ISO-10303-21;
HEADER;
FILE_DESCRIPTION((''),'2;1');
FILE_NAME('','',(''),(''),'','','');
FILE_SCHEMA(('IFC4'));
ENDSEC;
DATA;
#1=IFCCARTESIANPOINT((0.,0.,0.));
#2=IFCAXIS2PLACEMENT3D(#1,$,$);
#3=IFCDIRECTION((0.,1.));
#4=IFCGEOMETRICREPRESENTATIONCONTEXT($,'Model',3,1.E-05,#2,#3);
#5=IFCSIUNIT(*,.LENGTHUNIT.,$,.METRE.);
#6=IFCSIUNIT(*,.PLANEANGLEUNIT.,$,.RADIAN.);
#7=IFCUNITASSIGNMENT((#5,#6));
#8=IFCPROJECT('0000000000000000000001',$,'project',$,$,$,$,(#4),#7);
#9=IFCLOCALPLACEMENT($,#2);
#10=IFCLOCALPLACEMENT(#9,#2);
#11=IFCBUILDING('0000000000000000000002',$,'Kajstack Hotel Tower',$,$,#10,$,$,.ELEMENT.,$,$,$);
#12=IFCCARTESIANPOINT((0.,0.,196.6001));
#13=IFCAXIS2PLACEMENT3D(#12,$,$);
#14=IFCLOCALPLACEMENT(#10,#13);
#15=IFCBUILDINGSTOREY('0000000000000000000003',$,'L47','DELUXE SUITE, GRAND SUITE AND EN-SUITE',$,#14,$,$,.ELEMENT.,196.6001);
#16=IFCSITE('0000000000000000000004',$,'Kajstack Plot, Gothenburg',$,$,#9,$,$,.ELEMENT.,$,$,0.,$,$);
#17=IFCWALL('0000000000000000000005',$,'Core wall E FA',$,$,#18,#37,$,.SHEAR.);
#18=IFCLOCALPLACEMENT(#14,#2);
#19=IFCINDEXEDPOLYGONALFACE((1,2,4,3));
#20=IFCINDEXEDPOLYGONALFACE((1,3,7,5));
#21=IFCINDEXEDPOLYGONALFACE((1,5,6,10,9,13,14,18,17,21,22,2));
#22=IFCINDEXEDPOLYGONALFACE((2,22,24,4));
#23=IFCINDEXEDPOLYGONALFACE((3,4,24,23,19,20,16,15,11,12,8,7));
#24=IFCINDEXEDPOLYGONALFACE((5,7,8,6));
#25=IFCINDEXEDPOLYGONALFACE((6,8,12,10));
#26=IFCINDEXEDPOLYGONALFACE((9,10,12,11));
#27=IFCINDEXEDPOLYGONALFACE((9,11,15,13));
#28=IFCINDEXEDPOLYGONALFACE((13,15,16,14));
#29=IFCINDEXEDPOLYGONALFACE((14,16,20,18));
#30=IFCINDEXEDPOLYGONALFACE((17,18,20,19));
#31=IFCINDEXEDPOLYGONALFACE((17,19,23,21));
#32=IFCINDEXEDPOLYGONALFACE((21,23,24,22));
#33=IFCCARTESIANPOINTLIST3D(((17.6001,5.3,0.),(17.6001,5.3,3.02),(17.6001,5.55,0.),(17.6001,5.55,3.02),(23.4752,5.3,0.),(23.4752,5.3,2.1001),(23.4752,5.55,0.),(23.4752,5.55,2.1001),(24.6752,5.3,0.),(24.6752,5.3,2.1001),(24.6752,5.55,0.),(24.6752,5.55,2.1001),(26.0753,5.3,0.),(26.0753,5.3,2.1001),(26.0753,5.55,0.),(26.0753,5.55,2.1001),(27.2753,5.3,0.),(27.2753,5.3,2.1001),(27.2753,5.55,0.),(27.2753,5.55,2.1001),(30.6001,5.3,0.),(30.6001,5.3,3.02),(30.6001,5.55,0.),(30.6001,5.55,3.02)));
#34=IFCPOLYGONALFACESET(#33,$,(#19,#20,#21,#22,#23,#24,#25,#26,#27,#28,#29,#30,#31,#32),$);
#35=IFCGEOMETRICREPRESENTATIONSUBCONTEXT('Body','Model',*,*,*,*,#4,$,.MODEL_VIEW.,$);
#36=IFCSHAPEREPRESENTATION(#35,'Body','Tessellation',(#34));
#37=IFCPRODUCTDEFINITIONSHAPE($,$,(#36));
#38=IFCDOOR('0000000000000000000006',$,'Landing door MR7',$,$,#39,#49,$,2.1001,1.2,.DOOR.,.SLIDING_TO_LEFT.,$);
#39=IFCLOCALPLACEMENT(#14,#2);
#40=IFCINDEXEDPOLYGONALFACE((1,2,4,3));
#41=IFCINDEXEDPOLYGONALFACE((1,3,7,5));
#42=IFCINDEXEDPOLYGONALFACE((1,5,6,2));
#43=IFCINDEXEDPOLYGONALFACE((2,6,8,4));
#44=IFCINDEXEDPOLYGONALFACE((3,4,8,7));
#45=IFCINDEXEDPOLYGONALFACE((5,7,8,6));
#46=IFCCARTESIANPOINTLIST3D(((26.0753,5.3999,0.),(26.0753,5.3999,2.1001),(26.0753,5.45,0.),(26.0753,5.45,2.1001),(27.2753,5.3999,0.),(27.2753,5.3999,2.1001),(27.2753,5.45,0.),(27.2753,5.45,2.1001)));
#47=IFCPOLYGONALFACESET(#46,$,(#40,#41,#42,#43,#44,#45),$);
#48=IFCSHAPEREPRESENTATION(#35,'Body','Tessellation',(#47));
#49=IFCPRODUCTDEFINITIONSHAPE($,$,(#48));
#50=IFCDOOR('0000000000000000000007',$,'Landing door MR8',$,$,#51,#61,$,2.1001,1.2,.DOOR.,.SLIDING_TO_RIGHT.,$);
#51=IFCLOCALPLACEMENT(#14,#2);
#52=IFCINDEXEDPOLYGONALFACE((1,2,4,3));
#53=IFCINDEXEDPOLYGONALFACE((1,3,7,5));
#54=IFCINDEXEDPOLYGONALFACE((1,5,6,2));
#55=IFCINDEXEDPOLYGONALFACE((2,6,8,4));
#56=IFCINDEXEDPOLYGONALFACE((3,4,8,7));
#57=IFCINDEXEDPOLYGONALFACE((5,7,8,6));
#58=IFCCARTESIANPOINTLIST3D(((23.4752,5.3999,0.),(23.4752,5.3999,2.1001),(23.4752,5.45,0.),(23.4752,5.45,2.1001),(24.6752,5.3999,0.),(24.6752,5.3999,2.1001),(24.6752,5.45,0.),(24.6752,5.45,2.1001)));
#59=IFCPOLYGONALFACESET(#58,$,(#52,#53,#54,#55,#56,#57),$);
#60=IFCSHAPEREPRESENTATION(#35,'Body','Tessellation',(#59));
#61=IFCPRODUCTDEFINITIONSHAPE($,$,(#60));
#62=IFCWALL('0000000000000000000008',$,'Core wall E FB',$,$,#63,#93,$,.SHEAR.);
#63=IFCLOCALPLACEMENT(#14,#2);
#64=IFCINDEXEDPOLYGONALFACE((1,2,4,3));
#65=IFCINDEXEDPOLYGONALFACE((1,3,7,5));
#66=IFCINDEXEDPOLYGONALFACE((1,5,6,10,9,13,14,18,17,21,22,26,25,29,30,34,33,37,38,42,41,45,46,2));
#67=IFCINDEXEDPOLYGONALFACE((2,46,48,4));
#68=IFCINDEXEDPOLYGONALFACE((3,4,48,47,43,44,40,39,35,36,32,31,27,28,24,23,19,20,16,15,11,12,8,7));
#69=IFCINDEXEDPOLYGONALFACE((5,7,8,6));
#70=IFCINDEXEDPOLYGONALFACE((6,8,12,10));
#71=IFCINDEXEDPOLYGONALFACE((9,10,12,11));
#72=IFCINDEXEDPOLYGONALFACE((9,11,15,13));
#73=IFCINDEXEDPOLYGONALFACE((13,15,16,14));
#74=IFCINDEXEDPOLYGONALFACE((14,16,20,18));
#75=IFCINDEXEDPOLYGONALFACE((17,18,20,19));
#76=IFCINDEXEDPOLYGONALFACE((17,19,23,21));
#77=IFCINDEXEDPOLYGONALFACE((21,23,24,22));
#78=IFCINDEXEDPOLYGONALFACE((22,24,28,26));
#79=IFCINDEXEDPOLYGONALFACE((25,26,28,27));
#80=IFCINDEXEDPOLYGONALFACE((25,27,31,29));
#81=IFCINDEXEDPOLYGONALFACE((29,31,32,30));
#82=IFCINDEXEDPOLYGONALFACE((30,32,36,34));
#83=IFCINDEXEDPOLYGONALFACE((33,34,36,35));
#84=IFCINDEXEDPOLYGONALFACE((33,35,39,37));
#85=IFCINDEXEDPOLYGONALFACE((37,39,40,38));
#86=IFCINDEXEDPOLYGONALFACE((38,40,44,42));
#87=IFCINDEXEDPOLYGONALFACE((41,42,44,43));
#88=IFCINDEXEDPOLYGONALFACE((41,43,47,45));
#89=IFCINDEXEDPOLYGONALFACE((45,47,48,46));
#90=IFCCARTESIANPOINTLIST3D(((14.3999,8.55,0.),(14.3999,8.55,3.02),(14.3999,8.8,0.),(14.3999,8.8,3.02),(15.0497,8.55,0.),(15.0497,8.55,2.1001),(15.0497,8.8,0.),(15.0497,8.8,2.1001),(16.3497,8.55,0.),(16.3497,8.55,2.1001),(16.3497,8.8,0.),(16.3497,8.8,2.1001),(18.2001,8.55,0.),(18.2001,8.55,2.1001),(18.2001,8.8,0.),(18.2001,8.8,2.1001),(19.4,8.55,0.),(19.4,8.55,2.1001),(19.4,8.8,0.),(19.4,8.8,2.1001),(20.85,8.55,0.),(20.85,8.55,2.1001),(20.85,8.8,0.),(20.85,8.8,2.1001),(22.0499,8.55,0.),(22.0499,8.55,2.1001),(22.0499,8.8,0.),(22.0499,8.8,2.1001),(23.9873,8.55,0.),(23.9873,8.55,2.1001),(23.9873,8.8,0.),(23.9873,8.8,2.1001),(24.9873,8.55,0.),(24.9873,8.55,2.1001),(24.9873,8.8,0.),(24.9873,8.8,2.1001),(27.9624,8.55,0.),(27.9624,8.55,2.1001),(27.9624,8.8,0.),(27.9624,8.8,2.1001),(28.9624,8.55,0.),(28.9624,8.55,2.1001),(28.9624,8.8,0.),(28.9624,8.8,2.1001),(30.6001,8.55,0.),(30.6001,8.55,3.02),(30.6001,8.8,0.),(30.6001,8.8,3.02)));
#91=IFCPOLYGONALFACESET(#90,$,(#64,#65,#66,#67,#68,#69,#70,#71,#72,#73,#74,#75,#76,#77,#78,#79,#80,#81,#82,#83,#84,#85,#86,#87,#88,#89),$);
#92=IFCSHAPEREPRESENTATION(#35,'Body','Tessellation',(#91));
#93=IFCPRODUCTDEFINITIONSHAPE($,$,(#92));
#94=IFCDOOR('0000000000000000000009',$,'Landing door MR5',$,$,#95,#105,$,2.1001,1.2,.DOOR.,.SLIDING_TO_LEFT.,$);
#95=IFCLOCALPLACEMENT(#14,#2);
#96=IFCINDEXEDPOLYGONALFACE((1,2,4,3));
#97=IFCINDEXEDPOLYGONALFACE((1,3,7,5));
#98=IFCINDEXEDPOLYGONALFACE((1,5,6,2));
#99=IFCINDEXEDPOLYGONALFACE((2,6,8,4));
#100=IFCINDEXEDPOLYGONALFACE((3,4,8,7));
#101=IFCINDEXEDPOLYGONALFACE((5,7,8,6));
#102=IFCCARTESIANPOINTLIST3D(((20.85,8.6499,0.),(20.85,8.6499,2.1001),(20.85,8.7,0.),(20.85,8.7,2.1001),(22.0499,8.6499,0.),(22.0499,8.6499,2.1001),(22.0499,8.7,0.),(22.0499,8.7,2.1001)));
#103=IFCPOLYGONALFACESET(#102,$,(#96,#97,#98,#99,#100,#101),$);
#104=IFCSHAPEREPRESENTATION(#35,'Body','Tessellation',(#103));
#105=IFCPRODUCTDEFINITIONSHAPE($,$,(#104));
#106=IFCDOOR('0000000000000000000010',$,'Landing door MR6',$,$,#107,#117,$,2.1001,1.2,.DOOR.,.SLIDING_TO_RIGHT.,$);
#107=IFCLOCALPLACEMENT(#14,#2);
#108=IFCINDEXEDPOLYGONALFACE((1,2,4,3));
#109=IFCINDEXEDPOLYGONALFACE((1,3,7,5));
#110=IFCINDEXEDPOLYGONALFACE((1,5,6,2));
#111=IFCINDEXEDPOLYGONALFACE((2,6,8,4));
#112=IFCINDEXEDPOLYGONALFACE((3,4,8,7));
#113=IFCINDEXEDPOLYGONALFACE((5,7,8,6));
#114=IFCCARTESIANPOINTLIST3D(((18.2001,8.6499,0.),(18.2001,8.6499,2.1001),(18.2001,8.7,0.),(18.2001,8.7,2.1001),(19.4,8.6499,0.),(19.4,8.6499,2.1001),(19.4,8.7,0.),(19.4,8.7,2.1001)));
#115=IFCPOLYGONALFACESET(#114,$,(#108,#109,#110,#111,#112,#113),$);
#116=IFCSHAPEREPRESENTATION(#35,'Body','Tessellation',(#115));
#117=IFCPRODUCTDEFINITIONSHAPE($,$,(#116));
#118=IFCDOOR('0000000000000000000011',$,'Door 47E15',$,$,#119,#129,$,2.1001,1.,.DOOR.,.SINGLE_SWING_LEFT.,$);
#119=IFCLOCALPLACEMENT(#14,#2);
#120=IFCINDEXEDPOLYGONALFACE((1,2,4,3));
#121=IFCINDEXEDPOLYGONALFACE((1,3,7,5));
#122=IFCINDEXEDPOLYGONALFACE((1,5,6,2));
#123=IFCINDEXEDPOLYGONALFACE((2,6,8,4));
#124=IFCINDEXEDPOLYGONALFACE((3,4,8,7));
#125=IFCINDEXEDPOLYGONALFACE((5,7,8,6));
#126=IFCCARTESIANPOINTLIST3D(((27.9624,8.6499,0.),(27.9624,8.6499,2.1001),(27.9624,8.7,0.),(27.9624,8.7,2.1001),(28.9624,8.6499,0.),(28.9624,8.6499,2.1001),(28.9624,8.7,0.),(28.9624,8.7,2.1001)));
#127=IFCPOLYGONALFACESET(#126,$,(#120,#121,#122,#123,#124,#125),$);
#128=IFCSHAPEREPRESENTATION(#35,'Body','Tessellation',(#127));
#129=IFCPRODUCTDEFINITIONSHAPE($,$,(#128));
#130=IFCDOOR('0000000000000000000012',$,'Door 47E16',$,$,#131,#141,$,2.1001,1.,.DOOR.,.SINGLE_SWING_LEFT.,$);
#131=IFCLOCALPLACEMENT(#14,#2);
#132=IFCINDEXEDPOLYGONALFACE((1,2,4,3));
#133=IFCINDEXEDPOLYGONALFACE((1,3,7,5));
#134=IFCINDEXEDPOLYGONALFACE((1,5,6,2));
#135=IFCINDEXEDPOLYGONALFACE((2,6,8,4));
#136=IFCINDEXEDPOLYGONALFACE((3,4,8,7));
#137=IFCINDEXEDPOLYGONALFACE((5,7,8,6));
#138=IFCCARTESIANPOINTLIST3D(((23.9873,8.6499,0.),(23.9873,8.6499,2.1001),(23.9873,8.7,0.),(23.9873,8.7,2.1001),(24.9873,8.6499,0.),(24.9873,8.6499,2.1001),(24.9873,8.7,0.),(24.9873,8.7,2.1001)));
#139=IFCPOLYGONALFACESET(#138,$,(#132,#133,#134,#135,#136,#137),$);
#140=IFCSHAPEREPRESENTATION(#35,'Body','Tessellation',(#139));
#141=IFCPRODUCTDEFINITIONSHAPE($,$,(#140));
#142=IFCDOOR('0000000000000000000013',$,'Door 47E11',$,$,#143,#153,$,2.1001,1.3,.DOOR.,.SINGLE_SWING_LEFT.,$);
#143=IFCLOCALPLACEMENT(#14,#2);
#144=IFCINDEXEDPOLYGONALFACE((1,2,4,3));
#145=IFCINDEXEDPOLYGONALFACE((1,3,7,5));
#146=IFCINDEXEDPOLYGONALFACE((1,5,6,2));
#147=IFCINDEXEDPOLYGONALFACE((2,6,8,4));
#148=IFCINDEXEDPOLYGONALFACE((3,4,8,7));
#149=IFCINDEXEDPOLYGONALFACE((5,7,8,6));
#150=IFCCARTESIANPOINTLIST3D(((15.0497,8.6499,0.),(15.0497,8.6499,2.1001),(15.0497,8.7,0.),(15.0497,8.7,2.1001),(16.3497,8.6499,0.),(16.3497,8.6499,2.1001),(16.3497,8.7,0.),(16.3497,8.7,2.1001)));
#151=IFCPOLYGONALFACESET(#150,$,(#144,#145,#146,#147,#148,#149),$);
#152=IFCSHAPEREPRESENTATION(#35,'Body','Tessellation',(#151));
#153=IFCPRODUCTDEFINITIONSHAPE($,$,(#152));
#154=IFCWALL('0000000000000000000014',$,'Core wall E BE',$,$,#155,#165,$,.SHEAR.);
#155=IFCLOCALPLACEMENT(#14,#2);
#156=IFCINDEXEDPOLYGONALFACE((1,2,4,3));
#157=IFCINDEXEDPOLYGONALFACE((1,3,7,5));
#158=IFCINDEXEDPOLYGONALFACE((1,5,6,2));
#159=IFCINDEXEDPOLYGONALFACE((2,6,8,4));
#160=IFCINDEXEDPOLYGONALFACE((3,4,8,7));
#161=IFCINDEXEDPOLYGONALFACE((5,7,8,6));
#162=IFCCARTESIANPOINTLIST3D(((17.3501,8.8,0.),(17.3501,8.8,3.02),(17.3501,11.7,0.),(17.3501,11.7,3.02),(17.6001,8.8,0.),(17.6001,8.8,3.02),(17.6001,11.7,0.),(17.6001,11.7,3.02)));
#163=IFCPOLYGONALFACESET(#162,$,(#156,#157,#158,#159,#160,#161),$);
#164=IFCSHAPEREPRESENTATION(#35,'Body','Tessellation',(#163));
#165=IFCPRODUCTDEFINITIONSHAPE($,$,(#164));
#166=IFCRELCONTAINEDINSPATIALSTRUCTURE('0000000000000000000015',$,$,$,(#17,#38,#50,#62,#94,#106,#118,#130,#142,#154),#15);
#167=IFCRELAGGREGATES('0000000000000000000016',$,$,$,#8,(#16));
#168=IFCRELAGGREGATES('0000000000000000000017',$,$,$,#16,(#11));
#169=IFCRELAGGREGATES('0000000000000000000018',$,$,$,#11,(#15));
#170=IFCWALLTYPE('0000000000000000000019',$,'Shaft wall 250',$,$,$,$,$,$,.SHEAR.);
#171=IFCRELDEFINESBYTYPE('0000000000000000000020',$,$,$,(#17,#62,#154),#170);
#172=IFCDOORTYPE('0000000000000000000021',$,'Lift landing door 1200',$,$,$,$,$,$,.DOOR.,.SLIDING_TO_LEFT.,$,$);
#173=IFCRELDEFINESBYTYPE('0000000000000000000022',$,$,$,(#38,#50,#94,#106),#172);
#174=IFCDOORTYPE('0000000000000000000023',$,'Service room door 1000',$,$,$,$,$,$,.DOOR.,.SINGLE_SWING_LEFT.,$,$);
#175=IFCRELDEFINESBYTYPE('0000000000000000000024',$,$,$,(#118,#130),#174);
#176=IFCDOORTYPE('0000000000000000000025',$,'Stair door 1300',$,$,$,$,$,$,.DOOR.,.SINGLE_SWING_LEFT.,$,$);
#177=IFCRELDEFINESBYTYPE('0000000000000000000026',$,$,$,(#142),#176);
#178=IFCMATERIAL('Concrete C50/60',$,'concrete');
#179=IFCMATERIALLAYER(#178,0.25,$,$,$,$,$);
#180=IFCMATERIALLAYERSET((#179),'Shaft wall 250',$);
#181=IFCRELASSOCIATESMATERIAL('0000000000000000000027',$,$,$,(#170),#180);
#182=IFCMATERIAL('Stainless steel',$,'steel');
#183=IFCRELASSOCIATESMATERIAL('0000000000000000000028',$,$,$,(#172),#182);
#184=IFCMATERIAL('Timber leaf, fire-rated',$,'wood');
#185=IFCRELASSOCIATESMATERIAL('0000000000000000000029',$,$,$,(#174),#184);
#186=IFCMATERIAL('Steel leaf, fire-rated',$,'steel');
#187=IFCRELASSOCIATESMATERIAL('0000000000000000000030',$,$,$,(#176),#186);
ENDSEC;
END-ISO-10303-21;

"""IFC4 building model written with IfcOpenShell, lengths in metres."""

from ifc_helpers import new_model, si_unit, direction, frame, frame_2d, origin, place, context, subcontext, project, spatial, rectangle, extrude, material, layer, layer_set, type_object, element, fill, save


model = new_model("IFC4")

# Units and contexts
model_context = context("Model", 3, precision=1e-05, world=origin(), true_north=direction((0.0, 1.0)))
body_context = subcontext(model_context, "Body", "Model", "MODEL_VIEW")
ifc_project = project(units=[si_unit("LENGTHUNIT", "METRE"), si_unit("PLANEANGLEUNIT", "RADIAN")], contexts=[model_context])

# Site, building, storey
site_placement = place(None, origin())
site = spatial("IfcSite", under=ifc_project, at=site_placement, Name="Kajstack Plot, Gothenburg", CompositionType="ELEMENT", RefElevation=0.0)
building_placement = place(site_placement, origin())
building = spatial("IfcBuilding", under=site, at=building_placement, Name="Kajstack Hotel Tower", CompositionType="ELEMENT")
storey_placement = place(building_placement, frame((0.0, 0.0, 196.6001)))
storey = spatial("IfcBuildingStorey", under=building, at=storey_placement, Name="L47", Description="DELUXE SUITE, GRAND SUITE AND EN-SUITE", CompositionType="ELEMENT", Elevation=196.6001)

# Walls, openings, doors
ifc_material_1 = material(Name="Concrete C50/60", Category="concrete")
ifc_layer_1 = layer(ifc_material_1, 0.25)
ifc_layer_set_1 = layer_set([ifc_layer_1], Name="Shaft wall 250")
wall_type_1 = type_object("IfcWallType", Name="Shaft wall 250", PredefinedType="SHEAR", material=ifc_layer_set_1)
wall_1_placement = place(storey_placement, frame((17.6001, 5.425, 0.0), z_axis=(0.0, 0.0, 1.0), x_axis=(1.0, 0.0, 0.0)))
wall_1 = element("IfcWall", 1, at=wall_1_placement, inside=storey, type_object=wall_type_1, Name="Core wall E FA", PredefinedType="SHEAR", context=body_context, shape_type="SweptSolid", body=[
    extrude(rectangle(XDim=13.0, YDim=0.25, at=frame_2d((6.5, 0.0))), origin(), (0.0, 0.0, 1.0), 3.02),
])
opening_1_placement = place(wall_1_placement, frame((8.4751, 0.0, 0.0)))
opening_1 = element("IfcOpeningElement", 2, at=opening_1_placement, cuts=wall_1, PredefinedType="OPENING", context=body_context, shape_type="SweptSolid", body=[
    extrude(rectangle(XDim=1.2, YDim=2.1001, at=frame_2d((0.6001, 1.05))), frame((0.0, 0.135, 0.0), z_axis=(0.0, -1.0, 0.0), x_axis=(1.0, 0.0, 0.0)), (0.0, 0.0, 1.0), 0.27),
])
opening_2_placement = place(wall_1_placement, frame((5.875, 0.0, 0.0)))
opening_2 = element("IfcOpeningElement", 3, at=opening_2_placement, cuts=wall_1, PredefinedType="OPENING", context=body_context, shape_type="SweptSolid", body=[
    extrude(rectangle(XDim=1.2, YDim=2.1001, at=frame_2d((0.6001, 1.05))), frame((0.0, 0.135, 0.0), z_axis=(0.0, -1.0, 0.0), x_axis=(1.0, 0.0, 0.0)), (0.0, 0.0, 1.0), 0.27),
])
ifc_material_2 = material(Name="Stainless steel", Category="steel")
door_type_1 = type_object("IfcDoorType", Name="Lift landing door 1200", OperationType="SLIDING_TO_LEFT", PredefinedType="DOOR", material=ifc_material_2)
door_1_placement = place(opening_1_placement, origin())
door_1 = element("IfcDoor", 4, at=door_1_placement, inside=storey, type_object=door_type_1, Name="Landing door MR7", OperationType="SLIDING_TO_LEFT", OverallHeight=2.1001, OverallWidth=1.2, PredefinedType="DOOR", context=body_context, shape_type="SweptSolid", body=[
    extrude(rectangle(XDim=1.2, YDim=2.1001, at=frame_2d((0.6001, 1.05))), frame((0.0, 0.0249, 0.0), z_axis=(0.0, -1.0, 0.0), x_axis=(1.0, 0.0, 0.0)), (0.0, 0.0, 1.0), 0.05),
])
fill(opening_1, door_1)
door_2_placement = place(opening_2_placement, origin())
door_2 = element("IfcDoor", 5, at=door_2_placement, inside=storey, type_object=door_type_1, Name="Landing door MR8", OperationType="SLIDING_TO_RIGHT", OverallHeight=2.1001, OverallWidth=1.2, PredefinedType="DOOR", context=body_context, shape_type="SweptSolid", body=[
    extrude(rectangle(XDim=1.2, YDim=2.1001, at=frame_2d((0.6001, 1.05))), frame((0.0, 0.0249, 0.0), z_axis=(0.0, -1.0, 0.0), x_axis=(1.0, 0.0, 0.0)), (0.0, 0.0, 1.0), 0.05),
])
fill(opening_2, door_2)
wall_2_placement = place(storey_placement, frame((14.3999, 8.675, 0.0), z_axis=(0.0, 0.0, 1.0), x_axis=(1.0, 0.0, 0.0)))
wall_2 = element("IfcWall", 6, at=wall_2_placement, inside=storey, type_object=wall_type_1, Name="Core wall E FB", PredefinedType="SHEAR", context=body_context, shape_type="SweptSolid", body=[
    extrude(rectangle(XDim=16.2002, YDim=0.25, at=frame_2d((8.1001, 0.0))), origin(), (0.0, 0.0, 1.0), 3.02),
])
opening_3_placement = place(wall_2_placement, frame((6.45, 0.0, 0.0)))
opening_3 = element("IfcOpeningElement", 7, at=opening_3_placement, cuts=wall_2, PredefinedType="OPENING", context=body_context, shape_type="SweptSolid", body=[
    extrude(rectangle(XDim=1.2, YDim=2.1001, at=frame_2d((0.6001, 1.05))), frame((0.0, 0.135, 0.0), z_axis=(0.0, -1.0, 0.0), x_axis=(1.0, 0.0, 0.0)), (0.0, 0.0, 1.0), 0.27),
])
opening_4_placement = place(wall_2_placement, frame((3.8, 0.0, 0.0)))
opening_4 = element("IfcOpeningElement", 8, at=opening_4_placement, cuts=wall_2, PredefinedType="OPENING", context=body_context, shape_type="SweptSolid", body=[
    extrude(rectangle(XDim=1.2, YDim=2.1001, at=frame_2d((0.6001, 1.05))), frame((0.0, 0.135, 0.0), z_axis=(0.0, -1.0, 0.0), x_axis=(1.0, 0.0, 0.0)), (0.0, 0.0, 1.0), 0.27),
])
opening_5_placement = place(wall_2_placement, frame((0.6499, 0.0, 0.0)))
opening_5 = element("IfcOpeningElement", 9, at=opening_5_placement, cuts=wall_2, PredefinedType="OPENING", context=body_context, shape_type="SweptSolid", body=[
    extrude(rectangle(XDim=1.3, YDim=2.1001, at=frame_2d((0.6499, 1.05))), frame((0.0, 0.135, 0.0), z_axis=(0.0, -1.0, 0.0), x_axis=(1.0, 0.0, 0.0)), (0.0, 0.0, 1.0), 0.27),
])
opening_6_placement = place(wall_2_placement, frame((13.5625, 0.0, 0.0)))
opening_6 = element("IfcOpeningElement", 10, at=opening_6_placement, cuts=wall_2, PredefinedType="OPENING", context=body_context, shape_type="SweptSolid", body=[
    extrude(rectangle(XDim=1.0, YDim=2.1001, at=frame_2d((0.5, 1.05))), frame((0.0, 0.135, 0.0), z_axis=(0.0, -1.0, 0.0), x_axis=(1.0, 0.0, 0.0)), (0.0, 0.0, 1.0), 0.27),
])
opening_7_placement = place(wall_2_placement, frame((9.5874, 0.0, 0.0)))
opening_7 = element("IfcOpeningElement", 11, at=opening_7_placement, cuts=wall_2, PredefinedType="OPENING", context=body_context, shape_type="SweptSolid", body=[
    extrude(rectangle(XDim=1.0, YDim=2.1001, at=frame_2d((0.5, 1.05))), frame((0.0, 0.135, 0.0), z_axis=(0.0, -1.0, 0.0), x_axis=(1.0, 0.0, 0.0)), (0.0, 0.0, 1.0), 0.27),
])
door_3_placement = place(opening_3_placement, origin())
door_3 = element("IfcDoor", 12, at=door_3_placement, inside=storey, type_object=door_type_1, Name="Landing door MR5", OperationType="SLIDING_TO_LEFT", OverallHeight=2.1001, OverallWidth=1.2, PredefinedType="DOOR", context=body_context, shape_type="SweptSolid", body=[
    extrude(rectangle(XDim=1.2, YDim=2.1001, at=frame_2d((0.6001, 1.05))), frame((0.0, 0.0249, 0.0), z_axis=(0.0, -1.0, 0.0), x_axis=(1.0, 0.0, 0.0)), (0.0, 0.0, 1.0), 0.05),
])
fill(opening_3, door_3)
door_4_placement = place(opening_4_placement, origin())
door_4 = element("IfcDoor", 13, at=door_4_placement, inside=storey, type_object=door_type_1, Name="Landing door MR6", OperationType="SLIDING_TO_RIGHT", OverallHeight=2.1001, OverallWidth=1.2, PredefinedType="DOOR", context=body_context, shape_type="SweptSolid", body=[
    extrude(rectangle(XDim=1.2, YDim=2.1001, at=frame_2d((0.6001, 1.05))), frame((0.0, 0.0249, 0.0), z_axis=(0.0, -1.0, 0.0), x_axis=(1.0, 0.0, 0.0)), (0.0, 0.0, 1.0), 0.05),
])
fill(opening_4, door_4)
ifc_material_3 = material(Name="Timber leaf, fire-rated", Category="wood")
door_type_2 = type_object("IfcDoorType", Name="Service room door 1000", OperationType="SINGLE_SWING_LEFT", PredefinedType="DOOR", material=ifc_material_3)
door_5_placement = place(opening_6_placement, origin())
door_5 = element("IfcDoor", 14, at=door_5_placement, inside=storey, type_object=door_type_2, Name="Door 47E15", OperationType="SINGLE_SWING_LEFT", OverallHeight=2.1001, OverallWidth=1.0, PredefinedType="DOOR", context=body_context, shape_type="SweptSolid", body=[
    extrude(rectangle(XDim=1.0, YDim=2.1001, at=frame_2d((0.5, 1.05))), frame((0.0, 0.0249, 0.0), z_axis=(0.0, -1.0, 0.0), x_axis=(1.0, 0.0, 0.0)), (0.0, 0.0, 1.0), 0.05),
])
fill(opening_6, door_5)
door_6_placement = place(opening_7_placement, origin())
door_6 = element("IfcDoor", 15, at=door_6_placement, inside=storey, type_object=door_type_2, Name="Door 47E16", OperationType="SINGLE_SWING_LEFT", OverallHeight=2.1001, OverallWidth=1.0, PredefinedType="DOOR", context=body_context, shape_type="SweptSolid", body=[
    extrude(rectangle(XDim=1.0, YDim=2.1001, at=frame_2d((0.5, 1.05))), frame((0.0, 0.0249, 0.0), z_axis=(0.0, -1.0, 0.0), x_axis=(1.0, 0.0, 0.0)), (0.0, 0.0, 1.0), 0.05),
])
fill(opening_7, door_6)
ifc_material_4 = material(Name="Steel leaf, fire-rated", Category="steel")
door_type_3 = type_object("IfcDoorType", Name="Stair door 1300", OperationType="SINGLE_SWING_LEFT", PredefinedType="DOOR", material=ifc_material_4)
door_7_placement = place(opening_5_placement, origin())
door_7 = element("IfcDoor", 16, at=door_7_placement, inside=storey, type_object=door_type_3, Name="Door 47E11", OperationType="SINGLE_SWING_LEFT", OverallHeight=2.1001, OverallWidth=1.3, PredefinedType="DOOR", context=body_context, shape_type="SweptSolid", body=[
    extrude(rectangle(XDim=1.3, YDim=2.1001, at=frame_2d((0.6499, 1.05))), frame((0.0, 0.0249, 0.0), z_axis=(0.0, -1.0, 0.0), x_axis=(1.0, 0.0, 0.0)), (0.0, 0.0, 1.0), 0.05),
])
fill(opening_5, door_7)

# Wall
wall_3_placement = place(storey_placement, frame((17.4751, 8.8, 0.0), z_axis=(0.0, 0.0, 1.0), x_axis=(0.0, 1.0, 0.0)))
element("IfcWall", 17, at=wall_3_placement, inside=storey, type_object=wall_type_1, Name="Core wall E BE", PredefinedType="SHEAR", context=body_context, shape_type="SweptSolid", body=[
    extrude(rectangle(XDim=2.8999, YDim=0.25, at=frame_2d((1.45, 0.0))), origin(), (0.0, 0.0, 1.0), 3.02),
])

save(model, "model.ifc")
